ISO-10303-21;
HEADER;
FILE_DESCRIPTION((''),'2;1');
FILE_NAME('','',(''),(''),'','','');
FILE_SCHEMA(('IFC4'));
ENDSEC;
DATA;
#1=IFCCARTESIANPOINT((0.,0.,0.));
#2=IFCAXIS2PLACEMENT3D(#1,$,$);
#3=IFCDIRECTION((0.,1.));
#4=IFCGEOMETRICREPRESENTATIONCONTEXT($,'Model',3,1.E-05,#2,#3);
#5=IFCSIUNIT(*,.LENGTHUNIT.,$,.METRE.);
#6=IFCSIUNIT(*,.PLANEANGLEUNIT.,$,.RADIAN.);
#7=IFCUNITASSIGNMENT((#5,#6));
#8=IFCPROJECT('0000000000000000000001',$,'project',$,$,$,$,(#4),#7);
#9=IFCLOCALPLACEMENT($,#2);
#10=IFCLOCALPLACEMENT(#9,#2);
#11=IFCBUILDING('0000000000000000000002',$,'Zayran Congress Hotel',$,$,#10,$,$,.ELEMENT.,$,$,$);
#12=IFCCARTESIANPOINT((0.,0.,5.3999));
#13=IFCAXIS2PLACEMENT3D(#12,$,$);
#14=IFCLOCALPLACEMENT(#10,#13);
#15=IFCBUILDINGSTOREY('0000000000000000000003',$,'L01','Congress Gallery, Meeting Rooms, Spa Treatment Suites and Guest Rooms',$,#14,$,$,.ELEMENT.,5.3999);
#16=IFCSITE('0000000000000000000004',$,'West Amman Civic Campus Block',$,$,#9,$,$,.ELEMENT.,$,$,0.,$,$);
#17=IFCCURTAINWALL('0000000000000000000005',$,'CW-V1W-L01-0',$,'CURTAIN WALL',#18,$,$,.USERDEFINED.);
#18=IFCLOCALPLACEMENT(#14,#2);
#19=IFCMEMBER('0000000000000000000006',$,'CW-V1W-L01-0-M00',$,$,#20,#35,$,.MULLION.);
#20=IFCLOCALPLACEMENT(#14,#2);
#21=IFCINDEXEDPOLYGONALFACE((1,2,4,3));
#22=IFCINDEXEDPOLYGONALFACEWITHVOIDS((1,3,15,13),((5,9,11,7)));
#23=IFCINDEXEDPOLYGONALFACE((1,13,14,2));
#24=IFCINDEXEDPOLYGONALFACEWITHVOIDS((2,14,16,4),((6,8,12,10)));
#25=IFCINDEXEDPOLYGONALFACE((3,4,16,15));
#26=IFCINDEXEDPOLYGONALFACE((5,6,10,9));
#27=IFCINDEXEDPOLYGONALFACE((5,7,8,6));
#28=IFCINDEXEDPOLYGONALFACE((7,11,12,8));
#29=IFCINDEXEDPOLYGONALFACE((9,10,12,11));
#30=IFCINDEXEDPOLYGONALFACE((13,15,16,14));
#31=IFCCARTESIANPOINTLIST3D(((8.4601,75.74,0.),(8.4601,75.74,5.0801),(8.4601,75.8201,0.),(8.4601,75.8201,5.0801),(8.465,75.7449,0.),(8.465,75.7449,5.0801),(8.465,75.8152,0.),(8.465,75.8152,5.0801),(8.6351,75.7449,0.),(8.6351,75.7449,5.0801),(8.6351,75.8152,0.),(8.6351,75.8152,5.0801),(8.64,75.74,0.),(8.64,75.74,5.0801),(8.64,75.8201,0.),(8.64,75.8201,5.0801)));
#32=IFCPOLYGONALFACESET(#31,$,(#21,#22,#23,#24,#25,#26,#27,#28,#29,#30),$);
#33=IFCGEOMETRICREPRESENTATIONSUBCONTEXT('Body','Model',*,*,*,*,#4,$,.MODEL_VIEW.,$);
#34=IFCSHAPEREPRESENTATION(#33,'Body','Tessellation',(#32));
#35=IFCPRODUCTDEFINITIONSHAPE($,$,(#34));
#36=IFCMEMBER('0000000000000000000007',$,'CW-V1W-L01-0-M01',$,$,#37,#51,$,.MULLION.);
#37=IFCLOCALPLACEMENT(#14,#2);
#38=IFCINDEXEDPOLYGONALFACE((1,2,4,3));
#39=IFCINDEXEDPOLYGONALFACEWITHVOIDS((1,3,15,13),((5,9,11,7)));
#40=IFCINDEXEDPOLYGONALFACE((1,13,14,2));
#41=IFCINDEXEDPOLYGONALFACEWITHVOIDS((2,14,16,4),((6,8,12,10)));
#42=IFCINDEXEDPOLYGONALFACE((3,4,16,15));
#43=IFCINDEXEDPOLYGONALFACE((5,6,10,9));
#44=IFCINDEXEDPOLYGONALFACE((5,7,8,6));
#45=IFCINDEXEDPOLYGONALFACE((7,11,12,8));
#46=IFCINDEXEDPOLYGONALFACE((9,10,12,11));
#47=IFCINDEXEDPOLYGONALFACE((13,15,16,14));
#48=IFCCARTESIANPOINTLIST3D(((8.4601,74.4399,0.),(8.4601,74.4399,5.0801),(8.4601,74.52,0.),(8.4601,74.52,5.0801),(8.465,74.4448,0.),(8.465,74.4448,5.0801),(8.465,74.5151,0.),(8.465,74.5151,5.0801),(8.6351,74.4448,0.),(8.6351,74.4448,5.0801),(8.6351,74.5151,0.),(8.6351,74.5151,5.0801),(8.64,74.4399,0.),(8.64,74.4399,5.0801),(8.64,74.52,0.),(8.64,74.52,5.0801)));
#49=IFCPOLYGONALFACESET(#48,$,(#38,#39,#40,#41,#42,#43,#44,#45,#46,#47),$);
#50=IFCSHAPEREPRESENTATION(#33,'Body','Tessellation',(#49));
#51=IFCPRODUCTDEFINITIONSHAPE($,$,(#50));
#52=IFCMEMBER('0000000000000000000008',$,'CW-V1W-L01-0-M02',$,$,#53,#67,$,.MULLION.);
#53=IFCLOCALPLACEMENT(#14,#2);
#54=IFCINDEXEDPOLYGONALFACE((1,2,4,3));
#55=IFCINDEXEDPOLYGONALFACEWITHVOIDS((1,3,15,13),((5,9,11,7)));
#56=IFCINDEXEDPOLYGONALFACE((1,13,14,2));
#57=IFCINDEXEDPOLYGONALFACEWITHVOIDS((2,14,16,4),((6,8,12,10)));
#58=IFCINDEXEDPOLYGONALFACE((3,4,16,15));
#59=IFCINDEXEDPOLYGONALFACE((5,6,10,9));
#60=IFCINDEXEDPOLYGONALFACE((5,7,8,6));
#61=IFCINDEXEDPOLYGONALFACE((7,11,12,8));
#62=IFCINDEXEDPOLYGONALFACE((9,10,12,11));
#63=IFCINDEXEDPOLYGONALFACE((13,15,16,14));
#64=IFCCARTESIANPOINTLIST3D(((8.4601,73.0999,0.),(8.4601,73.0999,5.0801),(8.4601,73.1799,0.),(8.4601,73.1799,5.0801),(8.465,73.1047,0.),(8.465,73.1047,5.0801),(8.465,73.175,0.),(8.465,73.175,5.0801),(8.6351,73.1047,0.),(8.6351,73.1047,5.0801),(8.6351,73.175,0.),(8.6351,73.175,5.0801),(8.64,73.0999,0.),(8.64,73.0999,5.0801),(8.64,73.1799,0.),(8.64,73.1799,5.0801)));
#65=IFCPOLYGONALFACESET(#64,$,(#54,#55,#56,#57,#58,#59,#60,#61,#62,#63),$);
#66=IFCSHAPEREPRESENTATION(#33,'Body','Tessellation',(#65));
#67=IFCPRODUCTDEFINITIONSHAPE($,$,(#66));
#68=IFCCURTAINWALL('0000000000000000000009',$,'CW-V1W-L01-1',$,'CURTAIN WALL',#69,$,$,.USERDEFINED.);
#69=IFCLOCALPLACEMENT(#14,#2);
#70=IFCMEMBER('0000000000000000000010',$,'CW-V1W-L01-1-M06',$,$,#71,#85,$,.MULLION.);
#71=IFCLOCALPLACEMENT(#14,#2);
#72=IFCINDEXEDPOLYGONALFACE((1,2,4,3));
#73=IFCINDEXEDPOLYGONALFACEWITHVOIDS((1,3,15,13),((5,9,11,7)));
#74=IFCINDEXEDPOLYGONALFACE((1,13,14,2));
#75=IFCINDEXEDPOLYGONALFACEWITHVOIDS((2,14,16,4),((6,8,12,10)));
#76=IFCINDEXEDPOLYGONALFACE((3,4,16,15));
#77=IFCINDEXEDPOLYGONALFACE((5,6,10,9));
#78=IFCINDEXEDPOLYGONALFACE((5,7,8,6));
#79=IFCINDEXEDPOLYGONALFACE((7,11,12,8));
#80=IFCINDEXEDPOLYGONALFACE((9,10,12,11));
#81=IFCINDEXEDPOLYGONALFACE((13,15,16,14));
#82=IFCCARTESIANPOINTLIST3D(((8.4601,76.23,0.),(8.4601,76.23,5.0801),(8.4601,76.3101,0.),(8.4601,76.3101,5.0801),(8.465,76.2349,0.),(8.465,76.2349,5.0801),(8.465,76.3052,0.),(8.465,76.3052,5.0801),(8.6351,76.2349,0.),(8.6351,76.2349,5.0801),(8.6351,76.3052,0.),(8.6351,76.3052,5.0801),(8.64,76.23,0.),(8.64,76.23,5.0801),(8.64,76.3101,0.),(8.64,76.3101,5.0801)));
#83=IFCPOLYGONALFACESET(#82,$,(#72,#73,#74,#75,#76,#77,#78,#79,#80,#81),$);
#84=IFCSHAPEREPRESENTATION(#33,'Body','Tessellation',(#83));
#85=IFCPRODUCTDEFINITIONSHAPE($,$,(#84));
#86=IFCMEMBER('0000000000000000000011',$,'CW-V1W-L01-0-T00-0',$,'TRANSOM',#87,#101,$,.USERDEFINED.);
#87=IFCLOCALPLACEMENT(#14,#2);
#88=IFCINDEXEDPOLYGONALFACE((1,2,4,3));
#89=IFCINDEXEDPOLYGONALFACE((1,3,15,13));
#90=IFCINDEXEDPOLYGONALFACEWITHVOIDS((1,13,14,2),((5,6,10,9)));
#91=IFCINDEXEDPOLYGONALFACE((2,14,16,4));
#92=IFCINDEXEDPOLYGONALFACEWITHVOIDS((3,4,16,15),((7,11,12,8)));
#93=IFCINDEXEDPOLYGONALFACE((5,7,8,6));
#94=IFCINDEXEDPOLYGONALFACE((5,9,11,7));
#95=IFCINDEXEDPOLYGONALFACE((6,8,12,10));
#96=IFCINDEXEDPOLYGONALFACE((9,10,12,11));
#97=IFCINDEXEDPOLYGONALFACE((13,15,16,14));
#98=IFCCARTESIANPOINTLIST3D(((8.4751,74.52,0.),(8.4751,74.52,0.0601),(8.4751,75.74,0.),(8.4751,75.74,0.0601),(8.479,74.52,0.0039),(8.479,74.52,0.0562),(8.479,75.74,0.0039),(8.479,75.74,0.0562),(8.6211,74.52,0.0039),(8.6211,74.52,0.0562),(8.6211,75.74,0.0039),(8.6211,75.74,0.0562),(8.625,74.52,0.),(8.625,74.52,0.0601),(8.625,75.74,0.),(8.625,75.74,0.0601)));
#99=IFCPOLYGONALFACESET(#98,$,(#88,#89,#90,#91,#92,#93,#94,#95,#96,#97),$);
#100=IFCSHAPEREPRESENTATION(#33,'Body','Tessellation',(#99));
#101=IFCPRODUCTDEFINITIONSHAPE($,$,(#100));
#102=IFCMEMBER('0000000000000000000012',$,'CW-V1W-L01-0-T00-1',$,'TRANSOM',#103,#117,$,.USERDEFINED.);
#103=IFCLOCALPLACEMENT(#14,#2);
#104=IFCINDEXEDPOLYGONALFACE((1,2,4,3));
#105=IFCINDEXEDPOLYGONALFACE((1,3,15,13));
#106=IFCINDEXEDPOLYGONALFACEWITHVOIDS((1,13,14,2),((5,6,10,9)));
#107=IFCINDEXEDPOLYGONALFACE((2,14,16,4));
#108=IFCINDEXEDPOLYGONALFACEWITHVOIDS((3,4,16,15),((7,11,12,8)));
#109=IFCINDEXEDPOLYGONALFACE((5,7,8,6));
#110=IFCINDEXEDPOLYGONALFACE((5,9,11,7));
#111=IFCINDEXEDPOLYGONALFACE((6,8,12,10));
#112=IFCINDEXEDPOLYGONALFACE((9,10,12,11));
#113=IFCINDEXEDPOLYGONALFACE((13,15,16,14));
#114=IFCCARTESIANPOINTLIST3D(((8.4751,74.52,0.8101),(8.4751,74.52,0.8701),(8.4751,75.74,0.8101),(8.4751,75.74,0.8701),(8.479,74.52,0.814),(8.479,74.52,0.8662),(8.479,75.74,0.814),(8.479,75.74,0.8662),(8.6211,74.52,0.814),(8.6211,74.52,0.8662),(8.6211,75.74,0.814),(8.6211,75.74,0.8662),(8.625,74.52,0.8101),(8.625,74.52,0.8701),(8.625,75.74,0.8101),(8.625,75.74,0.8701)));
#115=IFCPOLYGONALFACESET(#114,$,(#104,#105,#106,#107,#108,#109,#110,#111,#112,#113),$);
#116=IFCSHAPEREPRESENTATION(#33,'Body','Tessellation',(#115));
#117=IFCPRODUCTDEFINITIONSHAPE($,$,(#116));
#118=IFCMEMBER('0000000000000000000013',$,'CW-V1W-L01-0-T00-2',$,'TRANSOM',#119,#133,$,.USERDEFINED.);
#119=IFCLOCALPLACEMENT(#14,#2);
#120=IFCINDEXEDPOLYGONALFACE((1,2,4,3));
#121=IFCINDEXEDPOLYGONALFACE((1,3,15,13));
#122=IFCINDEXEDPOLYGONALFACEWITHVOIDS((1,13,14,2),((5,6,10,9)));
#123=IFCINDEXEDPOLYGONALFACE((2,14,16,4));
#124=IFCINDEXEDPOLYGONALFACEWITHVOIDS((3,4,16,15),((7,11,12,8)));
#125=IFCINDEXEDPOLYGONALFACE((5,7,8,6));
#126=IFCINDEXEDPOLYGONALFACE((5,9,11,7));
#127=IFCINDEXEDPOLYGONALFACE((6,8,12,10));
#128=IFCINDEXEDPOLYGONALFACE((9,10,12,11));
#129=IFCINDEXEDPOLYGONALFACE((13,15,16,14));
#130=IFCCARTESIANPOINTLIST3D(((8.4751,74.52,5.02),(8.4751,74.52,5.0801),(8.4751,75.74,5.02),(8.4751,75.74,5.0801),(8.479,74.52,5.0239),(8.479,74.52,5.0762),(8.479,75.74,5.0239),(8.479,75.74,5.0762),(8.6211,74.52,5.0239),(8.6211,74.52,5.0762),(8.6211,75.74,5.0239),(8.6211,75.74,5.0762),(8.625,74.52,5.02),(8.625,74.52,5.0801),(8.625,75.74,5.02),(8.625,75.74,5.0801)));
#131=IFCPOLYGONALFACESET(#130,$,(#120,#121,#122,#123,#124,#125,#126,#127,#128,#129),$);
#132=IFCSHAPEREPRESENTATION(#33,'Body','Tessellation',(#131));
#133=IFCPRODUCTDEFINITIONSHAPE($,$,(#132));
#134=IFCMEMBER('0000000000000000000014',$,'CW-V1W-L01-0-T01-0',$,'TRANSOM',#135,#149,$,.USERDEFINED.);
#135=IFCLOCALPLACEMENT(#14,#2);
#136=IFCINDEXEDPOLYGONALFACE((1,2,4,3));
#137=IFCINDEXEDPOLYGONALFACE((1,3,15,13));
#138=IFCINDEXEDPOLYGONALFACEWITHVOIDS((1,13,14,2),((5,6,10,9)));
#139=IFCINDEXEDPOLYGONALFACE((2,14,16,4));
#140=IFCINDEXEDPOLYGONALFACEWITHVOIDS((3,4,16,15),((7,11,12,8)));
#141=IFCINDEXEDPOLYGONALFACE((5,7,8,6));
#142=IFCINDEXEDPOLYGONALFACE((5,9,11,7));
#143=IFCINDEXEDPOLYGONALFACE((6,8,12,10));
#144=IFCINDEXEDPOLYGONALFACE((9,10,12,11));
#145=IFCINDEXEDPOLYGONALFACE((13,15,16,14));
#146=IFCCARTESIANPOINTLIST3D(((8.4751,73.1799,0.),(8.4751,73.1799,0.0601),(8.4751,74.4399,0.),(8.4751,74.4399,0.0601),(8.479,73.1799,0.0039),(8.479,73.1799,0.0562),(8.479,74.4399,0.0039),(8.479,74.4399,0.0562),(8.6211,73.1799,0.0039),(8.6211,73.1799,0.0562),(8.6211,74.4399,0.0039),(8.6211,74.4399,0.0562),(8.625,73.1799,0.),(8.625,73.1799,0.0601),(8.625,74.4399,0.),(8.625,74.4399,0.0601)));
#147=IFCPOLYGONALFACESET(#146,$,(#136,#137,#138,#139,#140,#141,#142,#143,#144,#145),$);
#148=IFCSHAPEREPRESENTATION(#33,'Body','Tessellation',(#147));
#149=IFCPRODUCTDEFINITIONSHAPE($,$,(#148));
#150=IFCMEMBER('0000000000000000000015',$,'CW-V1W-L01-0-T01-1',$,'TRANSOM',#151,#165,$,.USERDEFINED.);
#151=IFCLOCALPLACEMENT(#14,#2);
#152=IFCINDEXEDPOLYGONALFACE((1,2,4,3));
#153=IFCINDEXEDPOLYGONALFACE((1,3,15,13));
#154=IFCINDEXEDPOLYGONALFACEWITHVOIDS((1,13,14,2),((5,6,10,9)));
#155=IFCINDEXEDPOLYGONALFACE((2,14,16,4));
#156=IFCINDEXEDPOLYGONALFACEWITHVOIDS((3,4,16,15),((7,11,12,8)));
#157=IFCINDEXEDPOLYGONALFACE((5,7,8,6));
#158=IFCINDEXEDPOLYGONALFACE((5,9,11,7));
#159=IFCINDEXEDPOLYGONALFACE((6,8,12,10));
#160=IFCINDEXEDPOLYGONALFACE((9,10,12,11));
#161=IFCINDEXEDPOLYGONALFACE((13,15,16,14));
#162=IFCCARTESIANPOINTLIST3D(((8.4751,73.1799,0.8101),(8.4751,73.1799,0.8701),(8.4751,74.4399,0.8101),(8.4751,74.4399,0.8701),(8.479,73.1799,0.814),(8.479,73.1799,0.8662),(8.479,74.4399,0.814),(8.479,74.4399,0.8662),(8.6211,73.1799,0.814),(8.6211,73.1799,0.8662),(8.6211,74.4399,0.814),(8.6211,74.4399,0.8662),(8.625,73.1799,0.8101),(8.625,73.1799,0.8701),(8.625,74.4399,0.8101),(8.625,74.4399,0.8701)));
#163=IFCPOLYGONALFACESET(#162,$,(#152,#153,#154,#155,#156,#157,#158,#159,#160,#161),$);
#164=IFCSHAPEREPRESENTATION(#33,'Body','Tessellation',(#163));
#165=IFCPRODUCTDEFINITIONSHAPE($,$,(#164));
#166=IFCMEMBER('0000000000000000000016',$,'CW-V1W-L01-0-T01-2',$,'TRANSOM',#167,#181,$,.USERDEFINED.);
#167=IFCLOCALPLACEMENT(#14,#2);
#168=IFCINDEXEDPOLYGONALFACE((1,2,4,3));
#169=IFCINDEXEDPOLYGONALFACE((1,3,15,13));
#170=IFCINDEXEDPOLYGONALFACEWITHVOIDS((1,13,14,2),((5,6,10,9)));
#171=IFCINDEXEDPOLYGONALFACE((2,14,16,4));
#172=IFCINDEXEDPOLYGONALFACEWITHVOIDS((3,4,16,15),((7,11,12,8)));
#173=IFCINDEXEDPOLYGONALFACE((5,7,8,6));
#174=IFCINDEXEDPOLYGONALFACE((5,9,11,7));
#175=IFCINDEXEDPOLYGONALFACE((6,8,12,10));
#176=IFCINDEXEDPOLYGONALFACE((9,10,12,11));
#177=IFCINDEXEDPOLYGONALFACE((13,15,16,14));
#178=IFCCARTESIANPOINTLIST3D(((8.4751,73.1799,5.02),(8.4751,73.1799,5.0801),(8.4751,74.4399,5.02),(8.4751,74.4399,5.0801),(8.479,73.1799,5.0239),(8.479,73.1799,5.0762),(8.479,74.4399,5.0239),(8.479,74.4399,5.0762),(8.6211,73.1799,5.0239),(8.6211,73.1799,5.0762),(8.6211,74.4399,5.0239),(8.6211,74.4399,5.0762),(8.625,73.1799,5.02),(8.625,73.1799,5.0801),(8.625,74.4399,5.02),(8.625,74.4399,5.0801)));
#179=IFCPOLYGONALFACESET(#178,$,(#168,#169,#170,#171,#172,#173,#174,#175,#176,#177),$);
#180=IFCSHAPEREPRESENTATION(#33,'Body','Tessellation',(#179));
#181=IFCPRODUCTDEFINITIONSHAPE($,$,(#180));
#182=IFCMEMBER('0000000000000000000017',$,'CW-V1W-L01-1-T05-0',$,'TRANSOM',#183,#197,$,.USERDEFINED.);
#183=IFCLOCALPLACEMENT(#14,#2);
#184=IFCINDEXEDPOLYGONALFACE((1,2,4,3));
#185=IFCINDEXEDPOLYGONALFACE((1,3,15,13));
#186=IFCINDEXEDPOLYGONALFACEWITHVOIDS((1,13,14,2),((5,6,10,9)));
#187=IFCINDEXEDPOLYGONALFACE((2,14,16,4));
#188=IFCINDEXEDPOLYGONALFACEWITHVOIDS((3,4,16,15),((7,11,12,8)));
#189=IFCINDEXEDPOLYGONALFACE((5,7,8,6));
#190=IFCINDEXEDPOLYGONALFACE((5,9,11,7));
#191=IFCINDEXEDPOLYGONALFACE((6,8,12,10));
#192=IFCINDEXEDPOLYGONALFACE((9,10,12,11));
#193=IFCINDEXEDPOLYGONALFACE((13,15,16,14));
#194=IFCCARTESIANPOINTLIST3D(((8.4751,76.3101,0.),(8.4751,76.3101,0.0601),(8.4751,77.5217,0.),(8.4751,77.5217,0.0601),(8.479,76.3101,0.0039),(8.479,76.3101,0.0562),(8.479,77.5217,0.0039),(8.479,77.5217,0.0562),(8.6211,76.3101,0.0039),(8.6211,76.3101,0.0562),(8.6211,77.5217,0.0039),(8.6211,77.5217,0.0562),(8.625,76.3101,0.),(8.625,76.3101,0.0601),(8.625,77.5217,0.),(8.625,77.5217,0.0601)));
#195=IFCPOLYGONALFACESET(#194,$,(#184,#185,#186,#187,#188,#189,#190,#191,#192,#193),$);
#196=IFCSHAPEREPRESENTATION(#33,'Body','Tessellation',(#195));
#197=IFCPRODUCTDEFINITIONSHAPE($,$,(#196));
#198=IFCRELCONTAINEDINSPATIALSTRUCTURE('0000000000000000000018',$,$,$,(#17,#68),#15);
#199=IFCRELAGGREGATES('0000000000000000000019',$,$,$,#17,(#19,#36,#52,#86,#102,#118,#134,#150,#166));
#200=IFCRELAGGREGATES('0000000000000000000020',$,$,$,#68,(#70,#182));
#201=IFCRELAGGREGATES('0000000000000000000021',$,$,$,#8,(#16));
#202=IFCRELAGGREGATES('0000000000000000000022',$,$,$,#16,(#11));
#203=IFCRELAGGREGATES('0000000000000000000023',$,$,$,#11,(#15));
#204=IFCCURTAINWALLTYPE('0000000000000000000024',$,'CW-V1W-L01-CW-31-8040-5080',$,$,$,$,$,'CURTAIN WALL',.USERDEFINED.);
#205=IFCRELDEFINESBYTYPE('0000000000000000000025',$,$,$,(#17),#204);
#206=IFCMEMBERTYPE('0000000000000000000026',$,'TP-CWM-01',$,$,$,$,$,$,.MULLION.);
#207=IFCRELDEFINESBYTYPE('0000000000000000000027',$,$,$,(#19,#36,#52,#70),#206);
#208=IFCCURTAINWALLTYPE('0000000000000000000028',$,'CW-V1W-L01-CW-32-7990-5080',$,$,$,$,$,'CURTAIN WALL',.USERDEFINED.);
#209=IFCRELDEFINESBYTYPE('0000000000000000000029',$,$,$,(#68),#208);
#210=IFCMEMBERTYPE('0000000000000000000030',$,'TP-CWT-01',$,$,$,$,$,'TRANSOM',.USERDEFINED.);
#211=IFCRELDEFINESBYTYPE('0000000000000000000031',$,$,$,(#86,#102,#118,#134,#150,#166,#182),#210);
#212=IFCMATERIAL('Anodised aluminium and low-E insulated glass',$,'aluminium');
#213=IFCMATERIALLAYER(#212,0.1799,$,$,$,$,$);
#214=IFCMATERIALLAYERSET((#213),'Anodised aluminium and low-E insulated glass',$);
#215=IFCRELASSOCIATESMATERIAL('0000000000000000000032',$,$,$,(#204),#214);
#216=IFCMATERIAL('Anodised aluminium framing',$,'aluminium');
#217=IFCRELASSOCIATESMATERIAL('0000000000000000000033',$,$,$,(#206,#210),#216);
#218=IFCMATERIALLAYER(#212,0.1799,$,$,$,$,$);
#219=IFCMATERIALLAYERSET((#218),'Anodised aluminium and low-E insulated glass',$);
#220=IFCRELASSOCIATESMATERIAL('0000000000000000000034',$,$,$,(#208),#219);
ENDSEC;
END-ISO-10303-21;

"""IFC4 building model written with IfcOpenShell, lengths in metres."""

from ifc_helpers import new_model, si_unit, direction, frame, origin, origin_2d, place, context, subcontext, project, spatial, hollow_rectangle, extrude, material, layer, layer_set, material_profile, profile_set, type_object, element, aggregate, save


model = new_model("IFC4")

# Units and contexts
model_context = context("Model", 3, precision=1e-05, world=origin(), true_north=direction((0.0, 1.0)))
body_context = subcontext(model_context, "Body", "Model", "MODEL_VIEW")
ifc_project = project(units=[si_unit("LENGTHUNIT", "METRE"), si_unit("PLANEANGLEUNIT", "RADIAN")], contexts=[model_context])

# Site, building, storey
site_placement = place(None, origin())
site = spatial("IfcSite", under=ifc_project, at=site_placement, Name="West Amman Civic Campus Block", CompositionType="ELEMENT", RefElevation=0.0)
building_placement = place(site_placement, origin())
building = spatial("IfcBuilding", under=site, at=building_placement, Name="Zayran Congress Hotel", CompositionType="ELEMENT")
storey_placement = place(building_placement, frame((0.0, 0.0, 5.3999)))
storey = spatial("IfcBuildingStorey", under=building, at=storey_placement, Name="L01", Description="Congress Gallery, Meeting Rooms, Spa Treatment Suites and Guest Rooms", CompositionType="ELEMENT", Elevation=5.3999)

# Curtain wall, members
ifc_material_1 = material(Name="Anodised aluminium and low-E insulated glass", Category="aluminium")
ifc_layer_1 = layer(ifc_material_1, 0.1799)
ifc_layer_set_1 = layer_set([ifc_layer_1], Name="Anodised aluminium and low-E insulated glass")
curtain_wall_type_1 = type_object("IfcCurtainWallType", Name="CW-V1W-L01-CW-31-8040-5080", ElementType="CURTAIN WALL", PredefinedType="USERDEFINED", material=ifc_layer_set_1)
curtain_wall_1_placement = place(storey_placement, origin())
curtain_wall_1 = element("IfcCurtainWall", 1, at=curtain_wall_1_placement, inside=storey, type_object=curtain_wall_type_1, Name="CW-V1W-L01-0", ObjectType="CURTAIN WALL", PredefinedType="USERDEFINED")
ifc_material_2 = material(Name="Anodised aluminium framing", Category="aluminium")
ifc_material_profile_1 = material_profile(ifc_material_2, hollow_rectangle(XDim=0.0801, YDim=0.1799, WallThickness=0.0049, at=origin_2d()), Name="RHS 180x80x5")
ifc_profile_set_1 = profile_set([ifc_material_profile_1], Name="Anodised aluminium framing")
member_type_1 = type_object("IfcMemberType", Name="TP-CWM-01", PredefinedType="MULLION", material=ifc_profile_set_1)
member_1_placement = place(storey_placement, frame((8.55, 75.78, 0.0), z_axis=(0.0, 0.0, 1.0), x_axis=(0.0, 1.0, 0.0)))
member_1 = element("IfcMember", 2, at=member_1_placement, type_object=member_type_1, Name="CW-V1W-L01-0-M00", PredefinedType="MULLION", context=body_context, shape_type="SweptSolid", body=[
    extrude(hollow_rectangle(XDim=0.0801, YDim=0.1799, WallThickness=0.0049, at=origin_2d()), origin(), (0.0, 0.0, 1.0), 5.0801),
])
member_2_placement = place(storey_placement, frame((8.55, 74.48, 0.0), z_axis=(0.0, 0.0, 1.0), x_axis=(0.0, 1.0, 0.0)))
member_2 = element("IfcMember", 3, at=member_2_placement, type_object=member_type_1, Name="CW-V1W-L01-0-M01", PredefinedType="MULLION", context=body_context, shape_type="SweptSolid", body=[
    extrude(hollow_rectangle(XDim=0.0801, YDim=0.1799, WallThickness=0.0049, at=origin_2d()), origin(), (0.0, 0.0, 1.0), 5.0801),
])
member_3_placement = place(storey_placement, frame((8.55, 73.1399, 0.0), z_axis=(0.0, 0.0, 1.0), x_axis=(0.0, 1.0, 0.0)))
member_3 = element("IfcMember", 4, at=member_3_placement, type_object=member_type_1, Name="CW-V1W-L01-0-M02", PredefinedType="MULLION", context=body_context, shape_type="SweptSolid", body=[
    extrude(hollow_rectangle(XDim=0.0801, YDim=0.1799, WallThickness=0.0049, at=origin_2d()), origin(), (0.0, 0.0, 1.0), 5.0801),
])

# Curtain wall, member
ifc_layer_2 = layer(ifc_material_1, 0.1799)
ifc_layer_set_2 = layer_set([ifc_layer_2], Name="Anodised aluminium and low-E insulated glass")
curtain_wall_type_2 = type_object("IfcCurtainWallType", Name="CW-V1W-L01-CW-32-7990-5080", ElementType="CURTAIN WALL", PredefinedType="USERDEFINED", material=ifc_layer_set_2)
curtain_wall_2_placement = place(storey_placement, origin())
curtain_wall_2 = element("IfcCurtainWall", 5, at=curtain_wall_2_placement, inside=storey, type_object=curtain_wall_type_2, Name="CW-V1W-L01-1", ObjectType="CURTAIN WALL", PredefinedType="USERDEFINED")
member_4_placement = place(storey_placement, frame((8.55, 76.27, 0.0), z_axis=(0.0, 0.0, 1.0), x_axis=(0.0, 1.0, 0.0)))
member_4 = element("IfcMember", 6, at=member_4_placement, type_object=member_type_1, Name="CW-V1W-L01-1-M06", PredefinedType="MULLION", context=body_context, shape_type="SweptSolid", body=[
    extrude(hollow_rectangle(XDim=0.0801, YDim=0.1799, WallThickness=0.0049, at=origin_2d()), origin(), (0.0, 0.0, 1.0), 5.0801),
])

# Members
ifc_material_profile_2 = material_profile(ifc_material_2, hollow_rectangle(XDim=0.0601, YDim=0.1499, WallThickness=0.0039, at=origin_2d()), Name="RHS 150x60x4")
ifc_profile_set_2 = profile_set([ifc_material_profile_2], Name="Anodised aluminium framing")
member_type_2 = type_object("IfcMemberType", Name="TP-CWT-01", ElementType="TRANSOM", PredefinedType="USERDEFINED", material=ifc_profile_set_2)
member_5_placement = place(storey_placement, frame((8.55, 75.74, 0.03), z_axis=(0.0, -1.0, 0.0), x_axis=(0.0, 0.0, 1.0)))
member_5 = element("IfcMember", 7, at=member_5_placement, type_object=member_type_2, Name="CW-V1W-L01-0-T00-0", ObjectType="TRANSOM", PredefinedType="USERDEFINED", context=body_context, shape_type="SweptSolid", body=[
    extrude(hollow_rectangle(XDim=0.0601, YDim=0.1499, WallThickness=0.0039, at=origin_2d()), origin(), (0.0, 0.0, 1.0), 1.22),
])
member_6_placement = place(storey_placement, frame((8.55, 75.74, 0.8401), z_axis=(0.0, -1.0, 0.0), x_axis=(0.0, 0.0, 1.0)))
member_6 = element("IfcMember", 8, at=member_6_placement, type_object=member_type_2, Name="CW-V1W-L01-0-T00-1", ObjectType="TRANSOM", PredefinedType="USERDEFINED", context=body_context, shape_type="SweptSolid", body=[
    extrude(hollow_rectangle(XDim=0.0601, YDim=0.1499, WallThickness=0.0039, at=origin_2d()), origin(), (0.0, 0.0, 1.0), 1.22),
])
member_7_placement = place(storey_placement, frame((8.55, 75.74, 5.05), z_axis=(0.0, -1.0, 0.0), x_axis=(0.0, 0.0, 1.0)))
member_7 = element("IfcMember", 9, at=member_7_placement, type_object=member_type_2, Name="CW-V1W-L01-0-T00-2", ObjectType="TRANSOM", PredefinedType="USERDEFINED", context=body_context, shape_type="SweptSolid", body=[
    extrude(hollow_rectangle(XDim=0.0601, YDim=0.1499, WallThickness=0.0039, at=origin_2d()), origin(), (0.0, 0.0, 1.0), 1.22),
])
member_8_placement = place(storey_placement, frame((8.55, 74.4399, 0.03), z_axis=(0.0, -1.0, 0.0), x_axis=(0.0, 0.0, 1.0)))
member_8 = element("IfcMember", 10, at=member_8_placement, type_object=member_type_2, Name="CW-V1W-L01-0-T01-0", ObjectType="TRANSOM", PredefinedType="USERDEFINED", context=body_context, shape_type="SweptSolid", body=[
    extrude(hollow_rectangle(XDim=0.0601, YDim=0.1499, WallThickness=0.0039, at=origin_2d()), origin(), (0.0, 0.0, 1.0), 1.26),
])
member_9_placement = place(storey_placement, frame((8.55, 74.4399, 0.8401), z_axis=(0.0, -1.0, 0.0), x_axis=(0.0, 0.0, 1.0)))
member_9 = element("IfcMember", 11, at=member_9_placement, type_object=member_type_2, Name="CW-V1W-L01-0-T01-1", ObjectType="TRANSOM", PredefinedType="USERDEFINED", context=body_context, shape_type="SweptSolid", body=[
    extrude(hollow_rectangle(XDim=0.0601, YDim=0.1499, WallThickness=0.0039, at=origin_2d()), origin(), (0.0, 0.0, 1.0), 1.26),
])
member_10_placement = place(storey_placement, frame((8.55, 74.4399, 5.05), z_axis=(0.0, -1.0, 0.0), x_axis=(0.0, 0.0, 1.0)))
member_10 = element("IfcMember", 12, at=member_10_placement, type_object=member_type_2, Name="CW-V1W-L01-0-T01-2", ObjectType="TRANSOM", PredefinedType="USERDEFINED", context=body_context, shape_type="SweptSolid", body=[
    extrude(hollow_rectangle(XDim=0.0601, YDim=0.1499, WallThickness=0.0039, at=origin_2d()), origin(), (0.0, 0.0, 1.0), 1.26),
])
member_11_placement = place(storey_placement, frame((8.55, 77.5217, 0.03), z_axis=(0.0, -1.0, 0.0), x_axis=(0.0, 0.0, 1.0)))
member_11 = element("IfcMember", 13, at=member_11_placement, type_object=member_type_2, Name="CW-V1W-L01-1-T05-0", ObjectType="TRANSOM", PredefinedType="USERDEFINED", context=body_context, shape_type="SweptSolid", body=[
    extrude(hollow_rectangle(XDim=0.0601, YDim=0.1499, WallThickness=0.0039, at=origin_2d()), origin(), (0.0, 0.0, 1.0), 1.2117),
])

aggregate(curtain_wall_1, [member_1, member_2, member_3, member_5, member_6, member_7, member_8, member_9, member_10])
aggregate(curtain_wall_2, [member_4, member_11])

save(model, "model.ifc")
